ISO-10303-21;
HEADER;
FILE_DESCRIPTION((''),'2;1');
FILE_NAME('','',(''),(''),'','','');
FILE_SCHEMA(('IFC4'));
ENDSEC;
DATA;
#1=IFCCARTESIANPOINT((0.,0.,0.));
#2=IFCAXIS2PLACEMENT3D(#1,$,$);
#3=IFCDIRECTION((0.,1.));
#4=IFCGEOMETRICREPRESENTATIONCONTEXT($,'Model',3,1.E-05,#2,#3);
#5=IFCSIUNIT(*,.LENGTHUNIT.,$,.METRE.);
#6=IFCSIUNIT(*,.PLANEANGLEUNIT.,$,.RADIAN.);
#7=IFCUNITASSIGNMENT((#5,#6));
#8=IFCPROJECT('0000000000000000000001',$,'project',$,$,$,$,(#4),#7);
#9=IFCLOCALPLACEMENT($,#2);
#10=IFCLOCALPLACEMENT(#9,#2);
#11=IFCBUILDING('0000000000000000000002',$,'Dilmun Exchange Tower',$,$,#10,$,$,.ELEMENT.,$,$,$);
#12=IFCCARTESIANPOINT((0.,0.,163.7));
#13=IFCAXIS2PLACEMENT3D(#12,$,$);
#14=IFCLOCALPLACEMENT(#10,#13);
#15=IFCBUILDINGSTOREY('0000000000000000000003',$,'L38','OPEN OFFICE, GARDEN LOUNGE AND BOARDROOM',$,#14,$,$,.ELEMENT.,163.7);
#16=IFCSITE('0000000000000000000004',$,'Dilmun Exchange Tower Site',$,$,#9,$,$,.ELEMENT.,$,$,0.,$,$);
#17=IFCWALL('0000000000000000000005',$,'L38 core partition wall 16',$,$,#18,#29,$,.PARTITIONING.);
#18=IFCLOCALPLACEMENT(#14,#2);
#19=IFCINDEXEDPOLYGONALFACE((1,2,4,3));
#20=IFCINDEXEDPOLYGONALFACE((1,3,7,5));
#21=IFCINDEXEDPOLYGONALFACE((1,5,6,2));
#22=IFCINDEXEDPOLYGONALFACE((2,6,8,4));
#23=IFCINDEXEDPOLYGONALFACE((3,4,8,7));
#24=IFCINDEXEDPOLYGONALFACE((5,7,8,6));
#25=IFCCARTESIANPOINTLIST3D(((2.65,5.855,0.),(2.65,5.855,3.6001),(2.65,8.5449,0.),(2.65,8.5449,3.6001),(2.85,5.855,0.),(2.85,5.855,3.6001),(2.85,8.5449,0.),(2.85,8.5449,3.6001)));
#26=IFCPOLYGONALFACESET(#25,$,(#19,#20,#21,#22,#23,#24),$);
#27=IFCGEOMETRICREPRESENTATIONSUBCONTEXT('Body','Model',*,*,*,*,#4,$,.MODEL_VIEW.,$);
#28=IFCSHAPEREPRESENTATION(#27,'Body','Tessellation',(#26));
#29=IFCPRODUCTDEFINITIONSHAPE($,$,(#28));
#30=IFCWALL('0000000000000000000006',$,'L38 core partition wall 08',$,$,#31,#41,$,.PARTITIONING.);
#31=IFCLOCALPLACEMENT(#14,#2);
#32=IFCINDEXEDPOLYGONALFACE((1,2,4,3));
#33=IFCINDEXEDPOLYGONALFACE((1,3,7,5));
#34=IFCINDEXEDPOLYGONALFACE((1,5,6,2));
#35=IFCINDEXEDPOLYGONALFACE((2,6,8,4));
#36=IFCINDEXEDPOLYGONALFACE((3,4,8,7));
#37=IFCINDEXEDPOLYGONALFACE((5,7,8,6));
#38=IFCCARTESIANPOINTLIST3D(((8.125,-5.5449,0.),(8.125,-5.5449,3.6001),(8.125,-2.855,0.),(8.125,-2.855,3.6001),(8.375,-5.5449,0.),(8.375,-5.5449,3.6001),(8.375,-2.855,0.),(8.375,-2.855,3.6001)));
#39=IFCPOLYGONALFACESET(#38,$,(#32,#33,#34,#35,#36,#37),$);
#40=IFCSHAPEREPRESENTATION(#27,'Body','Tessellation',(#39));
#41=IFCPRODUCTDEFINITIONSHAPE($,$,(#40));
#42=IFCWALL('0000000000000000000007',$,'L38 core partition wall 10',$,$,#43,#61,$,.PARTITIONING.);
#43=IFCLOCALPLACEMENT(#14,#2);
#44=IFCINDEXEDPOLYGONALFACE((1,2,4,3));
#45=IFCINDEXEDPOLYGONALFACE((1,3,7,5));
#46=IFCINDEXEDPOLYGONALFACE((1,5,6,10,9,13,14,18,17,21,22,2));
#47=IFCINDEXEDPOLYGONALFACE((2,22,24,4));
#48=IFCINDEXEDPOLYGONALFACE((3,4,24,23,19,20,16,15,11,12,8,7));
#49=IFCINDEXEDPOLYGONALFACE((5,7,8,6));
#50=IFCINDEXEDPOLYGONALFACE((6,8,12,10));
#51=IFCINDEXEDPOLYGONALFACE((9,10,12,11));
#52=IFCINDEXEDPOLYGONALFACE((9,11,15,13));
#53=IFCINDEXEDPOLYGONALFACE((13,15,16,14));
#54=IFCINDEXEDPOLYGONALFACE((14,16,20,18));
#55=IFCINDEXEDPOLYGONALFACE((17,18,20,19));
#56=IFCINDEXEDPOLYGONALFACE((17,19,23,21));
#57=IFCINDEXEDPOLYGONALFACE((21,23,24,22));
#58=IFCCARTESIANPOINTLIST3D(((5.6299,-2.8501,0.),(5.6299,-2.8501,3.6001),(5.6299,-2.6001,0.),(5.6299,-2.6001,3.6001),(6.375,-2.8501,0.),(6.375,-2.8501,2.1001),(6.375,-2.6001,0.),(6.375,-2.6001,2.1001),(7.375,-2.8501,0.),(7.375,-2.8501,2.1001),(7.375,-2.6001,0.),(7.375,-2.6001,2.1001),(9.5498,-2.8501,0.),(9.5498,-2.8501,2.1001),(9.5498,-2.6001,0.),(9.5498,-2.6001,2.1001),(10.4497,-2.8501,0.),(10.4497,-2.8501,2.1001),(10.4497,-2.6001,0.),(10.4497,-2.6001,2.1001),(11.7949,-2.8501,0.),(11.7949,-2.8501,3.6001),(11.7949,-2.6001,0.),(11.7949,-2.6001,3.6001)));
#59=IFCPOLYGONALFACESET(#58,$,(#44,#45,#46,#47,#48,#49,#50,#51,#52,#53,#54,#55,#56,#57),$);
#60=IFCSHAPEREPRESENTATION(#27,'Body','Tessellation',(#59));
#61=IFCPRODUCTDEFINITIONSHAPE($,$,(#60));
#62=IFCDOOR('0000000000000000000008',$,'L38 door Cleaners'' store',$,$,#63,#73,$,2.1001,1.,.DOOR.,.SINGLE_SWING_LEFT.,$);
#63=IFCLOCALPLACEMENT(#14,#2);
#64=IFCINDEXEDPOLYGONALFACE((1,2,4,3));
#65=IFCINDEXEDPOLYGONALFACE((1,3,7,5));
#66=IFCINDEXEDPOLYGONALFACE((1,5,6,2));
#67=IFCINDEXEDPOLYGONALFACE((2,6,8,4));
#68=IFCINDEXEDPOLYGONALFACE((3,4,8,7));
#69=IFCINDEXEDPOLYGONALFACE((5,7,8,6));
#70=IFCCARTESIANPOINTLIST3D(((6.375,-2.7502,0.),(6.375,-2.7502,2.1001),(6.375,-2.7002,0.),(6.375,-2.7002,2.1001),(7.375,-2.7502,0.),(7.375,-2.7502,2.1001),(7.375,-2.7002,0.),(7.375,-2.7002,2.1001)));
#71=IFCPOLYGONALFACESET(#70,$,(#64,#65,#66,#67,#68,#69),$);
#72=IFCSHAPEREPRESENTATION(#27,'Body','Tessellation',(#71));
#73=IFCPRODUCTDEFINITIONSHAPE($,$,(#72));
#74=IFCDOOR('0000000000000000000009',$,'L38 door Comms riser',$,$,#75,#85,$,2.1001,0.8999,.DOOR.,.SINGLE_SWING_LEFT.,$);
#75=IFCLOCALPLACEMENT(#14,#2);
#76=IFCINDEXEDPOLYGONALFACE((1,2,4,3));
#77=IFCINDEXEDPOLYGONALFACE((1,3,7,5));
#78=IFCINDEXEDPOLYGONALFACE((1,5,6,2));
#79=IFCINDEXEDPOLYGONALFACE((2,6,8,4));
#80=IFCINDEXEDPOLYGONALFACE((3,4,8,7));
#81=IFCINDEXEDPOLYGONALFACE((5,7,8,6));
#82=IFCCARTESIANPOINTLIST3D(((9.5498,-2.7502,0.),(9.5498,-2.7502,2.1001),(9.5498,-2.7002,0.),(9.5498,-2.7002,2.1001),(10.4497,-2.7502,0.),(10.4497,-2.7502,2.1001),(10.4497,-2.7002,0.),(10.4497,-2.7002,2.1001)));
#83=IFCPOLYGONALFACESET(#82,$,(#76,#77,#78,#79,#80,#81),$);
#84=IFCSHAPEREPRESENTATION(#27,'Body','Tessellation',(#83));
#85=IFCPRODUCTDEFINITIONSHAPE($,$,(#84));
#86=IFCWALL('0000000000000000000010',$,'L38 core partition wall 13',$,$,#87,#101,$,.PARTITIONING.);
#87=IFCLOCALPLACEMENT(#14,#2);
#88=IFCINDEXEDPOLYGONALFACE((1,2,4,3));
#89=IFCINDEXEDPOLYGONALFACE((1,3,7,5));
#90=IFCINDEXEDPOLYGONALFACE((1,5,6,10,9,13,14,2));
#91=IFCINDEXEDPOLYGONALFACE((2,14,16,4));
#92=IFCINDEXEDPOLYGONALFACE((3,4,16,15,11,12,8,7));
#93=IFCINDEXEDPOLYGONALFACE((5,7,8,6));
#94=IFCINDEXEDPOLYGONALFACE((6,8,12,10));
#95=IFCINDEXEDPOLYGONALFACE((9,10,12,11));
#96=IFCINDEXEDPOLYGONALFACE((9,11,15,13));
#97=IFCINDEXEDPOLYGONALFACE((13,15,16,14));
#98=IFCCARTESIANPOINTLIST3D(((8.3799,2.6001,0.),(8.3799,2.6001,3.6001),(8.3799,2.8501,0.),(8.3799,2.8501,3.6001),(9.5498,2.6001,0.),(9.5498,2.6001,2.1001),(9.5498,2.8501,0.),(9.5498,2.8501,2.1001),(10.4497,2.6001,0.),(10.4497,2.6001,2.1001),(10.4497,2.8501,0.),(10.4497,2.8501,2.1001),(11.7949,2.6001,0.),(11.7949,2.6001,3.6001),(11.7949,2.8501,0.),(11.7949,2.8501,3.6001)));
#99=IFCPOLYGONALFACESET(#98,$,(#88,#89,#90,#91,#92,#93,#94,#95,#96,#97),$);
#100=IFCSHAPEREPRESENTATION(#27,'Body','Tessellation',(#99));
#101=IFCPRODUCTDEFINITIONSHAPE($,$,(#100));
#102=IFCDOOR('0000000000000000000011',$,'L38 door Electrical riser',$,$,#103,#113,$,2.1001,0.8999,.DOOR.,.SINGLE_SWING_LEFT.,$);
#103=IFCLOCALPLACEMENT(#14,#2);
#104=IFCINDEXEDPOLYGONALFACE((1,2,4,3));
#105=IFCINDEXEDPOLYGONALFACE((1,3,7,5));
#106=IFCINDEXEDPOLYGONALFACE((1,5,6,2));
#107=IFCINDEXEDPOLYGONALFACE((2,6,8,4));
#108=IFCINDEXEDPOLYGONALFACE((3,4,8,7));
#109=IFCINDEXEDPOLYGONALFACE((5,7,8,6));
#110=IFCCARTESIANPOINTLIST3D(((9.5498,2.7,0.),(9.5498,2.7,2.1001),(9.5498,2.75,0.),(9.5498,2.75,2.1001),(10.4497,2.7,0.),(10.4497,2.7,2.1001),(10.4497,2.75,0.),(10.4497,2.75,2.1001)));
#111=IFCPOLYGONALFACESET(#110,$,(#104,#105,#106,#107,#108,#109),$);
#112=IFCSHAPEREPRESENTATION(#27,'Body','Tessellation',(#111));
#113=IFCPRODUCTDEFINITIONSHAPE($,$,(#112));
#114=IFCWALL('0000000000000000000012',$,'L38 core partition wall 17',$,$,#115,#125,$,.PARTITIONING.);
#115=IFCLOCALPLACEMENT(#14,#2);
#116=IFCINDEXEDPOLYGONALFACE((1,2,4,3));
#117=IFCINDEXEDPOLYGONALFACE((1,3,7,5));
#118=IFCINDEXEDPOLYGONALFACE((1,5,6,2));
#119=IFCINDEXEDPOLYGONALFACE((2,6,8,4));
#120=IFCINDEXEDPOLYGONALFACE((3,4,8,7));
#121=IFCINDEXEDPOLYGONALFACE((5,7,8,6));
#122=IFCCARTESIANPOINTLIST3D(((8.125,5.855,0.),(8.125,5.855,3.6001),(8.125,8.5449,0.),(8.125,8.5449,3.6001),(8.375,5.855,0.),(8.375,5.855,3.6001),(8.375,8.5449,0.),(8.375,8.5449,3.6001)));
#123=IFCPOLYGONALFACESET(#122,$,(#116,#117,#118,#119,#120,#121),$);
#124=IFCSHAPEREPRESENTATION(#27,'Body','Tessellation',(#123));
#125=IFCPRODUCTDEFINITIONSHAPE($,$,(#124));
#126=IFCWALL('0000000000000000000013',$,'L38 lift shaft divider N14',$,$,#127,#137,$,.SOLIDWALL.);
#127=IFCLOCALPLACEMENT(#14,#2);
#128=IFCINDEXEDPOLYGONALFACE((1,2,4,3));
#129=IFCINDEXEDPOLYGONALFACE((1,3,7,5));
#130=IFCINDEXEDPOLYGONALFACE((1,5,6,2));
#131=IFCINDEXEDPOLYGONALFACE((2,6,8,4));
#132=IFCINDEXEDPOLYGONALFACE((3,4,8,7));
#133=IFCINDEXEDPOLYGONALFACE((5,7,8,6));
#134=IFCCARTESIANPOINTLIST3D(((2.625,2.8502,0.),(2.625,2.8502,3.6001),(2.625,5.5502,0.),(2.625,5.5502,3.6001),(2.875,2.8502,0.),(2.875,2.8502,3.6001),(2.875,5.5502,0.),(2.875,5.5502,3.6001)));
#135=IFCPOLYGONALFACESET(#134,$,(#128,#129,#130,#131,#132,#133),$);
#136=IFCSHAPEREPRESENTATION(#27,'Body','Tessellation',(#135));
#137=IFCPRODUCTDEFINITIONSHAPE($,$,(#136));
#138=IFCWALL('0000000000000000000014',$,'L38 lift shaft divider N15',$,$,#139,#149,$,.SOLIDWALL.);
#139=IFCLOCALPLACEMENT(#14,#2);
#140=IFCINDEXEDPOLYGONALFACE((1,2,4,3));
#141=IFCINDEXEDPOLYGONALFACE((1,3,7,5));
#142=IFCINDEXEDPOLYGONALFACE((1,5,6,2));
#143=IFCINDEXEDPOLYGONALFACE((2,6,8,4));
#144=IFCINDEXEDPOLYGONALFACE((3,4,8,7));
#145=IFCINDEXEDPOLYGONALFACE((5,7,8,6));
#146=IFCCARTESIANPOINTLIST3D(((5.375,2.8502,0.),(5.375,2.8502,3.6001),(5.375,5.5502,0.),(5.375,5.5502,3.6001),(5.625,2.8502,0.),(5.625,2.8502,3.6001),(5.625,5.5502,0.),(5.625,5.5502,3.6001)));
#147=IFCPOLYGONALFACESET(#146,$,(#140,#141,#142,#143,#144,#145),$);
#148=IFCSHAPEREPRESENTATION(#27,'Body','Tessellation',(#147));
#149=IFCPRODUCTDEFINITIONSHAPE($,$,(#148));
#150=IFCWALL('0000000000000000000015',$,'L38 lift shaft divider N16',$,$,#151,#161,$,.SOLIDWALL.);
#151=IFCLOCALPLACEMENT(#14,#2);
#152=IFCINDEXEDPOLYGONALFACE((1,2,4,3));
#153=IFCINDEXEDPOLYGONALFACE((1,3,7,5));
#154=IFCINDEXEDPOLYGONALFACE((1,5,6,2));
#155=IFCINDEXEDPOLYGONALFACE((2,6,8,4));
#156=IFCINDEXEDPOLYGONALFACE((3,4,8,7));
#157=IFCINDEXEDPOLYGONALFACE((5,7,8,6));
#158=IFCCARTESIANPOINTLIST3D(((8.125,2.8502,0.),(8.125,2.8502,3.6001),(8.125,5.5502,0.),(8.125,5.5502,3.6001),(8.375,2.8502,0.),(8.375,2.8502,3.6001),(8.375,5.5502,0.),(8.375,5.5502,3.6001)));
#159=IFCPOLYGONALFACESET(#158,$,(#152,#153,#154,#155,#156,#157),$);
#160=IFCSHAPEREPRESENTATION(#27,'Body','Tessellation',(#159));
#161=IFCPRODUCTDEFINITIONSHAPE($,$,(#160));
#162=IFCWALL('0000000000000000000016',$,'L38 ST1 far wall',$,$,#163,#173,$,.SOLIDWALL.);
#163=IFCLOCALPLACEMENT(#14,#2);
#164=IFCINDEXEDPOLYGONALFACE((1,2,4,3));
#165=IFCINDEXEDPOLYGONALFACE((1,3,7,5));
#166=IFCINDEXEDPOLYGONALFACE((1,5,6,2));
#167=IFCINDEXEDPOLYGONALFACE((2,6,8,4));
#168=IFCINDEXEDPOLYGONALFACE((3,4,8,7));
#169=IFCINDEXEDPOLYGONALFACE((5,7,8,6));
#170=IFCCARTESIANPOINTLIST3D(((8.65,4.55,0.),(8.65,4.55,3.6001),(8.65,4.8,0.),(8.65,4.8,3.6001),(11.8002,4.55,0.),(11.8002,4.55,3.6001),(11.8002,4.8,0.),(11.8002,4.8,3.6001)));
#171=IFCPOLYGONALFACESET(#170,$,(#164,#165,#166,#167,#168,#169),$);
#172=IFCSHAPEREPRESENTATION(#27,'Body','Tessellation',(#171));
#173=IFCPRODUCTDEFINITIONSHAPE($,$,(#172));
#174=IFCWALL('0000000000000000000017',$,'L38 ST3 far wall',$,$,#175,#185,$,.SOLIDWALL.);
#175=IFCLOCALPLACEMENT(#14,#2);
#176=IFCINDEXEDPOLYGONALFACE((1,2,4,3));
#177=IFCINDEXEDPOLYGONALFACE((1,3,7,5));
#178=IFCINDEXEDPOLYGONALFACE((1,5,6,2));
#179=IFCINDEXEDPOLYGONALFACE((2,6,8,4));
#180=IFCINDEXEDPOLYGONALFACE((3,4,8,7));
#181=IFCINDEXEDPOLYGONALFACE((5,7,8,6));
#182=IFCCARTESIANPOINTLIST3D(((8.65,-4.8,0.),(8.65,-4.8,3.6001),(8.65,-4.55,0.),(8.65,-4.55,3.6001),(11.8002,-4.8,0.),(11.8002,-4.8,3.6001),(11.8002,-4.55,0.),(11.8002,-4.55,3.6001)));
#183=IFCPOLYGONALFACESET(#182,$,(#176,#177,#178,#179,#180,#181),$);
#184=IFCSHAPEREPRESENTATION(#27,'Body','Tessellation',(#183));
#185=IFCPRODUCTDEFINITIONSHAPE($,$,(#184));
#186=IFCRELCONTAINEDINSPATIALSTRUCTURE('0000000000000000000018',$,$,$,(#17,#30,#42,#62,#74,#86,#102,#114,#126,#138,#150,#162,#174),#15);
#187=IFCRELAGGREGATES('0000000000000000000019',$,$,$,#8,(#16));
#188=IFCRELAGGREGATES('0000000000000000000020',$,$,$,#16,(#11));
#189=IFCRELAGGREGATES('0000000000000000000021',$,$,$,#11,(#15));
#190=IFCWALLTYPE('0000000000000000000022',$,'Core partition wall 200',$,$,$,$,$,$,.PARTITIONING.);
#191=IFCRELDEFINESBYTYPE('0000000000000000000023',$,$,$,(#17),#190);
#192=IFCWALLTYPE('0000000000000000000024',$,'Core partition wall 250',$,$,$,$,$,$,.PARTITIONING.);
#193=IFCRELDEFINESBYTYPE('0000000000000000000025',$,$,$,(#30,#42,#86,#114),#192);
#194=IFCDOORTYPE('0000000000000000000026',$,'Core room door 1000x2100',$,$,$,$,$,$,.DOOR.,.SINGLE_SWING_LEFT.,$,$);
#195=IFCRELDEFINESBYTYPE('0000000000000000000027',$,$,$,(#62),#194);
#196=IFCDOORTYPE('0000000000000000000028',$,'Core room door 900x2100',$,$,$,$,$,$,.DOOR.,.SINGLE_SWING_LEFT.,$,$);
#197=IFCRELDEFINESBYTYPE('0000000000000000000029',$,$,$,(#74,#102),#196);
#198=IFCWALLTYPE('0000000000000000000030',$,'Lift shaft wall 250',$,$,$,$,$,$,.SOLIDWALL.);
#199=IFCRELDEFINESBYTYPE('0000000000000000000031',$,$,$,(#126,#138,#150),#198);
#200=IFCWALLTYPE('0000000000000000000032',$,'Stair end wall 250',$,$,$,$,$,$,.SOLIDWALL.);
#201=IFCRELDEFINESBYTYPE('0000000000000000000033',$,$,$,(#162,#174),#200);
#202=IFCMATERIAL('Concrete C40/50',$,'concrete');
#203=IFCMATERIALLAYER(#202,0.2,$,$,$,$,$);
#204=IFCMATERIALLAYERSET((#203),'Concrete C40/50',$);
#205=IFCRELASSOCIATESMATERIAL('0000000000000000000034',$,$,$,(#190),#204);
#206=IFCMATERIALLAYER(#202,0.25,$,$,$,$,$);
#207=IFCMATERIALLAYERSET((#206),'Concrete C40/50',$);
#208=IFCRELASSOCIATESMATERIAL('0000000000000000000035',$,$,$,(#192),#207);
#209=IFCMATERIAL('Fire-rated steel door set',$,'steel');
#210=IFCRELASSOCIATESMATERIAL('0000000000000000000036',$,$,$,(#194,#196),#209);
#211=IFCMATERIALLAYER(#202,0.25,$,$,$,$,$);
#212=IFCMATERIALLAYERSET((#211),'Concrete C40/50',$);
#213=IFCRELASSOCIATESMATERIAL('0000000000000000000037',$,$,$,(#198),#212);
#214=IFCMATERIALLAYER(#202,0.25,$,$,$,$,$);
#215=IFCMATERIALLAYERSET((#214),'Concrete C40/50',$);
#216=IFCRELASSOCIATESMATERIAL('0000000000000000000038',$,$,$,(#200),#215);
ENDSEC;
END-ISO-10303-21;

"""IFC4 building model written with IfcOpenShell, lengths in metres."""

from ifc_helpers import new_model, si_unit, direction, frame, frame_2d, origin, place, context, subcontext, project, spatial, rectangle, extrude, material, layer, layer_set, type_object, element, fill, save


model = new_model("IFC4")

# Units and contexts
model_context = context("Model", 3, precision=1e-05, world=origin(), true_north=direction((0.0, 1.0)))
body_context = subcontext(model_context, "Body", "Model", "MODEL_VIEW")
ifc_project = project(units=[si_unit("LENGTHUNIT", "METRE"), si_unit("PLANEANGLEUNIT", "RADIAN")], contexts=[model_context])

# Site, building, storey
site_placement = place(None, origin())
site = spatial("IfcSite", under=ifc_project, at=site_placement, Name="Dilmun Exchange Tower Site", CompositionType="ELEMENT", RefElevation=0.0)
building_placement = place(site_placement, origin())
building = spatial("IfcBuilding", under=site, at=building_placement, Name="Dilmun Exchange Tower", CompositionType="ELEMENT")
storey_placement = place(building_placement, frame((0.0, 0.0, 163.7)))
storey = spatial("IfcBuildingStorey", under=building, at=storey_placement, Name="L38", Description="OPEN OFFICE, GARDEN LOUNGE AND BOARDROOM", CompositionType="ELEMENT", Elevation=163.7)

# Shared definitions
ifc_material_1 = material(Name="Concrete C40/50", Category="concrete")
ifc_layer_1 = layer(ifc_material_1, 0.2)
ifc_layer_set_1 = layer_set([ifc_layer_1], Name="Concrete C40/50")
wall_type_1 = type_object("IfcWallType", Name="Core partition wall 200", PredefinedType="PARTITIONING", material=ifc_layer_set_1)
ifc_material_2 = material(Name="Fire-rated steel door set", Category="steel")

# Walls
wall_1_placement = place(storey_placement, frame((2.75, 5.855, 0.0), z_axis=(0.0, 0.0, 1.0), x_axis=(0.0, 1.0, 0.0)))
element("IfcWall", 1, at=wall_1_placement, inside=storey, type_object=wall_type_1, Name="L38 core partition wall 16", PredefinedType="PARTITIONING", context=body_context, shape_type="SweptSolid", body=[
    extrude(rectangle(XDim=2.6899, YDim=0.2, at=frame_2d((1.345, 0.0))), origin(), (0.0, 0.0, 1.0), 3.6001),
])
ifc_layer_2 = layer(ifc_material_1, 0.25)
ifc_layer_set_2 = layer_set([ifc_layer_2], Name="Concrete C40/50")
wall_type_2 = type_object("IfcWallType", Name="Core partition wall 250", PredefinedType="PARTITIONING", material=ifc_layer_set_2)
wall_2_placement = place(storey_placement, frame((8.25, -5.5449, 0.0), z_axis=(0.0, 0.0, 1.0), x_axis=(0.0, 1.0, 0.0)))
element("IfcWall", 2, at=wall_2_placement, inside=storey, type_object=wall_type_2, Name="L38 core partition wall 08", PredefinedType="PARTITIONING", context=body_context, shape_type="SweptSolid", body=[
    extrude(rectangle(XDim=2.6899, YDim=0.25, at=frame_2d((1.345, 0.0))), origin(), (0.0, 0.0, 1.0), 3.6001),
])

# Wall, openings, doors
wall_3_placement = place(storey_placement, frame((5.6299, -2.7251, 0.0), z_axis=(0.0, 0.0, 1.0), x_axis=(1.0, 0.0, 0.0)))
wall_3 = element("IfcWall", 3, at=wall_3_placement, inside=storey, type_object=wall_type_2, Name="L38 core partition wall 10", PredefinedType="PARTITIONING", context=body_context, shape_type="SweptSolid", body=[
    extrude(rectangle(XDim=6.165, YDim=0.25, at=frame_2d((3.0825, 0.0))), origin(), (0.0, 0.0, 1.0), 3.6001),
])
opening_1_placement = place(wall_3_placement, frame((0.7451, 0.0, 0.0)))
opening_1 = element("IfcOpeningElement", 4, at=opening_1_placement, cuts=wall_3, PredefinedType="OPENING", context=body_context, shape_type="SweptSolid", body=[
    extrude(rectangle(XDim=1.0, YDim=2.1001, at=frame_2d((0.5, 1.05))), frame((0.0, 0.135, 0.0), z_axis=(0.0, -1.0, 0.0), x_axis=(1.0, 0.0, 0.0)), (0.0, 0.0, 1.0), 0.27),
])
opening_2_placement = place(wall_3_placement, frame((3.9199, 0.0, 0.0)))
opening_2 = element("IfcOpeningElement", 5, at=opening_2_placement, cuts=wall_3, PredefinedType="OPENING", context=body_context, shape_type="SweptSolid", body=[
    extrude(rectangle(XDim=0.8999, YDim=2.1001, at=frame_2d((0.45, 1.05))), frame((0.0, 0.135, 0.0), z_axis=(0.0, -1.0, 0.0), x_axis=(1.0, 0.0, 0.0)), (0.0, 0.0, 1.0), 0.27),
])
door_type_1 = type_object("IfcDoorType", Name="Core room door 1000x2100", OperationType="SINGLE_SWING_LEFT", PredefinedType="DOOR", material=ifc_material_2)
door_1_placement = place(opening_1_placement, origin())
door_1 = element("IfcDoor", 6, at=door_1_placement, inside=storey, type_object=door_type_1, Name="L38 door Cleaners' store", OperationType="SINGLE_SWING_LEFT", OverallHeight=2.1001, OverallWidth=1.0, PredefinedType="DOOR", context=body_context, shape_type="SweptSolid", body=[
    extrude(rectangle(XDim=1.0, YDim=2.1001, at=frame_2d((0.5, 1.05))), frame((0.0, 0.0249, 0.0), z_axis=(0.0, -1.0, 0.0), x_axis=(1.0, 0.0, 0.0)), (0.0, 0.0, 1.0), 0.05),
])
fill(opening_1, door_1)
door_type_2 = type_object("IfcDoorType", Name="Core room door 900x2100", OperationType="SINGLE_SWING_LEFT", PredefinedType="DOOR", material=ifc_material_2)
door_2_placement = place(opening_2_placement, origin())
door_2 = element("IfcDoor", 7, at=door_2_placement, inside=storey, type_object=door_type_2, Name="L38 door Comms riser", OperationType="SINGLE_SWING_LEFT", OverallHeight=2.1001, OverallWidth=0.8999, PredefinedType="DOOR", context=body_context, shape_type="SweptSolid", body=[
    extrude(rectangle(XDim=0.8999, YDim=2.1001, at=frame_2d((0.45, 1.05))), frame((0.0, 0.0249, 0.0), z_axis=(0.0, -1.0, 0.0), x_axis=(1.0, 0.0, 0.0)), (0.0, 0.0, 1.0), 0.05),
])
fill(opening_2, door_2)

# Wall, opening, door
wall_4_placement = place(storey_placement, frame((8.3799, 2.7251, 0.0), z_axis=(0.0, 0.0, 1.0), x_axis=(1.0, 0.0, 0.0)))
wall_4 = element("IfcWall", 8, at=wall_4_placement, inside=storey, type_object=wall_type_2, Name="L38 core partition wall 13", PredefinedType="PARTITIONING", context=body_context, shape_type="SweptSolid", body=[
    extrude(rectangle(XDim=3.415, YDim=0.25, at=frame_2d((1.7075, 0.0))), origin(), (0.0, 0.0, 1.0), 3.6001),
])
opening_3_placement = place(wall_4_placement, frame((1.1699, 0.0, 0.0)))
opening_3 = element("IfcOpeningElement", 9, at=opening_3_placement, cuts=wall_4, PredefinedType="OPENING", context=body_context, shape_type="SweptSolid", body=[
    extrude(rectangle(XDim=0.8999, YDim=2.1001, at=frame_2d((0.45, 1.05))), frame((0.0, 0.135, 0.0), z_axis=(0.0, -1.0, 0.0), x_axis=(1.0, 0.0, 0.0)), (0.0, 0.0, 1.0), 0.27),
])
door_3_placement = place(opening_3_placement, origin())
door_3 = element("IfcDoor", 10, at=door_3_placement, inside=storey, type_object=door_type_2, Name="L38 door Electrical riser", OperationType="SINGLE_SWING_LEFT", OverallHeight=2.1001, OverallWidth=0.8999, PredefinedType="DOOR", context=body_context, shape_type="SweptSolid", body=[
    extrude(rectangle(XDim=0.8999, YDim=2.1001, at=frame_2d((0.45, 1.05))), frame((0.0, 0.0249, 0.0), z_axis=(0.0, -1.0, 0.0), x_axis=(1.0, 0.0, 0.0)), (0.0, 0.0, 1.0), 0.05),
])
fill(opening_3, door_3)

# Walls
wall_5_placement = place(storey_placement, frame((8.25, 5.855, 0.0), z_axis=(0.0, 0.0, 1.0), x_axis=(0.0, 1.0, 0.0)))
element("IfcWall", 11, at=wall_5_placement, inside=storey, type_object=wall_type_2, Name="L38 core partition wall 17", PredefinedType="PARTITIONING", context=body_context, shape_type="SweptSolid", body=[
    extrude(rectangle(XDim=2.6899, YDim=0.25, at=frame_2d((1.345, 0.0))), origin(), (0.0, 0.0, 1.0), 3.6001),
])
ifc_layer_3 = layer(ifc_material_1, 0.25)
ifc_layer_set_3 = layer_set([ifc_layer_3], Name="Concrete C40/50")
wall_type_3 = type_object("IfcWallType", Name="Lift shaft wall 250", PredefinedType="SOLIDWALL", material=ifc_layer_set_3)
for number, where, z_axis, x_axis, name in (
    (12, (2.75, 2.8501, 0.0), (0.0, 0.0, 1.0), (0.0, 1.0, 0.0), "L38 lift shaft divider N14"),
    (13, (5.5, 2.8501, 0.0), (0.0, 0.0, 1.0), (0.0, 1.0, 0.0), "L38 lift shaft divider N15"),
    (14, (8.25, 2.8501, 0.0), (0.0, 0.0, 1.0), (0.0, 1.0, 0.0), "L38 lift shaft divider N16"),
):
    element("IfcWall", number, at=place(storey_placement, frame(where, z_axis=z_axis, x_axis=x_axis)), inside=storey, type_object=wall_type_3, Name=name, PredefinedType="SOLIDWALL", context=body_context, shape_type="SweptSolid", body=[
        extrude(rectangle(XDim=2.7, YDim=0.25, at=frame_2d((1.3501, 0.0))), origin(), (0.0, 0.0, 1.0), 3.6001),
    ])
ifc_layer_4 = layer(ifc_material_1, 0.25)
ifc_layer_set_4 = layer_set([ifc_layer_4], Name="Concrete C40/50")
wall_type_4 = type_object("IfcWallType", Name="Stair end wall 250", PredefinedType="SOLIDWALL", material=ifc_layer_set_4)
for number, where, z_axis, x_axis, name in (
    (15, (8.6499, 4.675, 0.0), (0.0, 0.0, 1.0), (1.0, 0.0, 0.0), "L38 ST1 far wall"),
    (16, (8.6499, -4.675, 0.0), (0.0, 0.0, 1.0), (1.0, 0.0, 0.0), "L38 ST3 far wall"),
):
    element("IfcWall", number, at=place(storey_placement, frame(where, z_axis=z_axis, x_axis=x_axis)), inside=storey, type_object=wall_type_4, Name=name, PredefinedType="SOLIDWALL", context=body_context, shape_type="SweptSolid", body=[
        extrude(rectangle(XDim=3.1501, YDim=0.25, at=frame_2d((1.5752, 0.0))), origin(), (0.0, 0.0, 1.0), 3.6001),
    ])

save(model, "model.ifc")
